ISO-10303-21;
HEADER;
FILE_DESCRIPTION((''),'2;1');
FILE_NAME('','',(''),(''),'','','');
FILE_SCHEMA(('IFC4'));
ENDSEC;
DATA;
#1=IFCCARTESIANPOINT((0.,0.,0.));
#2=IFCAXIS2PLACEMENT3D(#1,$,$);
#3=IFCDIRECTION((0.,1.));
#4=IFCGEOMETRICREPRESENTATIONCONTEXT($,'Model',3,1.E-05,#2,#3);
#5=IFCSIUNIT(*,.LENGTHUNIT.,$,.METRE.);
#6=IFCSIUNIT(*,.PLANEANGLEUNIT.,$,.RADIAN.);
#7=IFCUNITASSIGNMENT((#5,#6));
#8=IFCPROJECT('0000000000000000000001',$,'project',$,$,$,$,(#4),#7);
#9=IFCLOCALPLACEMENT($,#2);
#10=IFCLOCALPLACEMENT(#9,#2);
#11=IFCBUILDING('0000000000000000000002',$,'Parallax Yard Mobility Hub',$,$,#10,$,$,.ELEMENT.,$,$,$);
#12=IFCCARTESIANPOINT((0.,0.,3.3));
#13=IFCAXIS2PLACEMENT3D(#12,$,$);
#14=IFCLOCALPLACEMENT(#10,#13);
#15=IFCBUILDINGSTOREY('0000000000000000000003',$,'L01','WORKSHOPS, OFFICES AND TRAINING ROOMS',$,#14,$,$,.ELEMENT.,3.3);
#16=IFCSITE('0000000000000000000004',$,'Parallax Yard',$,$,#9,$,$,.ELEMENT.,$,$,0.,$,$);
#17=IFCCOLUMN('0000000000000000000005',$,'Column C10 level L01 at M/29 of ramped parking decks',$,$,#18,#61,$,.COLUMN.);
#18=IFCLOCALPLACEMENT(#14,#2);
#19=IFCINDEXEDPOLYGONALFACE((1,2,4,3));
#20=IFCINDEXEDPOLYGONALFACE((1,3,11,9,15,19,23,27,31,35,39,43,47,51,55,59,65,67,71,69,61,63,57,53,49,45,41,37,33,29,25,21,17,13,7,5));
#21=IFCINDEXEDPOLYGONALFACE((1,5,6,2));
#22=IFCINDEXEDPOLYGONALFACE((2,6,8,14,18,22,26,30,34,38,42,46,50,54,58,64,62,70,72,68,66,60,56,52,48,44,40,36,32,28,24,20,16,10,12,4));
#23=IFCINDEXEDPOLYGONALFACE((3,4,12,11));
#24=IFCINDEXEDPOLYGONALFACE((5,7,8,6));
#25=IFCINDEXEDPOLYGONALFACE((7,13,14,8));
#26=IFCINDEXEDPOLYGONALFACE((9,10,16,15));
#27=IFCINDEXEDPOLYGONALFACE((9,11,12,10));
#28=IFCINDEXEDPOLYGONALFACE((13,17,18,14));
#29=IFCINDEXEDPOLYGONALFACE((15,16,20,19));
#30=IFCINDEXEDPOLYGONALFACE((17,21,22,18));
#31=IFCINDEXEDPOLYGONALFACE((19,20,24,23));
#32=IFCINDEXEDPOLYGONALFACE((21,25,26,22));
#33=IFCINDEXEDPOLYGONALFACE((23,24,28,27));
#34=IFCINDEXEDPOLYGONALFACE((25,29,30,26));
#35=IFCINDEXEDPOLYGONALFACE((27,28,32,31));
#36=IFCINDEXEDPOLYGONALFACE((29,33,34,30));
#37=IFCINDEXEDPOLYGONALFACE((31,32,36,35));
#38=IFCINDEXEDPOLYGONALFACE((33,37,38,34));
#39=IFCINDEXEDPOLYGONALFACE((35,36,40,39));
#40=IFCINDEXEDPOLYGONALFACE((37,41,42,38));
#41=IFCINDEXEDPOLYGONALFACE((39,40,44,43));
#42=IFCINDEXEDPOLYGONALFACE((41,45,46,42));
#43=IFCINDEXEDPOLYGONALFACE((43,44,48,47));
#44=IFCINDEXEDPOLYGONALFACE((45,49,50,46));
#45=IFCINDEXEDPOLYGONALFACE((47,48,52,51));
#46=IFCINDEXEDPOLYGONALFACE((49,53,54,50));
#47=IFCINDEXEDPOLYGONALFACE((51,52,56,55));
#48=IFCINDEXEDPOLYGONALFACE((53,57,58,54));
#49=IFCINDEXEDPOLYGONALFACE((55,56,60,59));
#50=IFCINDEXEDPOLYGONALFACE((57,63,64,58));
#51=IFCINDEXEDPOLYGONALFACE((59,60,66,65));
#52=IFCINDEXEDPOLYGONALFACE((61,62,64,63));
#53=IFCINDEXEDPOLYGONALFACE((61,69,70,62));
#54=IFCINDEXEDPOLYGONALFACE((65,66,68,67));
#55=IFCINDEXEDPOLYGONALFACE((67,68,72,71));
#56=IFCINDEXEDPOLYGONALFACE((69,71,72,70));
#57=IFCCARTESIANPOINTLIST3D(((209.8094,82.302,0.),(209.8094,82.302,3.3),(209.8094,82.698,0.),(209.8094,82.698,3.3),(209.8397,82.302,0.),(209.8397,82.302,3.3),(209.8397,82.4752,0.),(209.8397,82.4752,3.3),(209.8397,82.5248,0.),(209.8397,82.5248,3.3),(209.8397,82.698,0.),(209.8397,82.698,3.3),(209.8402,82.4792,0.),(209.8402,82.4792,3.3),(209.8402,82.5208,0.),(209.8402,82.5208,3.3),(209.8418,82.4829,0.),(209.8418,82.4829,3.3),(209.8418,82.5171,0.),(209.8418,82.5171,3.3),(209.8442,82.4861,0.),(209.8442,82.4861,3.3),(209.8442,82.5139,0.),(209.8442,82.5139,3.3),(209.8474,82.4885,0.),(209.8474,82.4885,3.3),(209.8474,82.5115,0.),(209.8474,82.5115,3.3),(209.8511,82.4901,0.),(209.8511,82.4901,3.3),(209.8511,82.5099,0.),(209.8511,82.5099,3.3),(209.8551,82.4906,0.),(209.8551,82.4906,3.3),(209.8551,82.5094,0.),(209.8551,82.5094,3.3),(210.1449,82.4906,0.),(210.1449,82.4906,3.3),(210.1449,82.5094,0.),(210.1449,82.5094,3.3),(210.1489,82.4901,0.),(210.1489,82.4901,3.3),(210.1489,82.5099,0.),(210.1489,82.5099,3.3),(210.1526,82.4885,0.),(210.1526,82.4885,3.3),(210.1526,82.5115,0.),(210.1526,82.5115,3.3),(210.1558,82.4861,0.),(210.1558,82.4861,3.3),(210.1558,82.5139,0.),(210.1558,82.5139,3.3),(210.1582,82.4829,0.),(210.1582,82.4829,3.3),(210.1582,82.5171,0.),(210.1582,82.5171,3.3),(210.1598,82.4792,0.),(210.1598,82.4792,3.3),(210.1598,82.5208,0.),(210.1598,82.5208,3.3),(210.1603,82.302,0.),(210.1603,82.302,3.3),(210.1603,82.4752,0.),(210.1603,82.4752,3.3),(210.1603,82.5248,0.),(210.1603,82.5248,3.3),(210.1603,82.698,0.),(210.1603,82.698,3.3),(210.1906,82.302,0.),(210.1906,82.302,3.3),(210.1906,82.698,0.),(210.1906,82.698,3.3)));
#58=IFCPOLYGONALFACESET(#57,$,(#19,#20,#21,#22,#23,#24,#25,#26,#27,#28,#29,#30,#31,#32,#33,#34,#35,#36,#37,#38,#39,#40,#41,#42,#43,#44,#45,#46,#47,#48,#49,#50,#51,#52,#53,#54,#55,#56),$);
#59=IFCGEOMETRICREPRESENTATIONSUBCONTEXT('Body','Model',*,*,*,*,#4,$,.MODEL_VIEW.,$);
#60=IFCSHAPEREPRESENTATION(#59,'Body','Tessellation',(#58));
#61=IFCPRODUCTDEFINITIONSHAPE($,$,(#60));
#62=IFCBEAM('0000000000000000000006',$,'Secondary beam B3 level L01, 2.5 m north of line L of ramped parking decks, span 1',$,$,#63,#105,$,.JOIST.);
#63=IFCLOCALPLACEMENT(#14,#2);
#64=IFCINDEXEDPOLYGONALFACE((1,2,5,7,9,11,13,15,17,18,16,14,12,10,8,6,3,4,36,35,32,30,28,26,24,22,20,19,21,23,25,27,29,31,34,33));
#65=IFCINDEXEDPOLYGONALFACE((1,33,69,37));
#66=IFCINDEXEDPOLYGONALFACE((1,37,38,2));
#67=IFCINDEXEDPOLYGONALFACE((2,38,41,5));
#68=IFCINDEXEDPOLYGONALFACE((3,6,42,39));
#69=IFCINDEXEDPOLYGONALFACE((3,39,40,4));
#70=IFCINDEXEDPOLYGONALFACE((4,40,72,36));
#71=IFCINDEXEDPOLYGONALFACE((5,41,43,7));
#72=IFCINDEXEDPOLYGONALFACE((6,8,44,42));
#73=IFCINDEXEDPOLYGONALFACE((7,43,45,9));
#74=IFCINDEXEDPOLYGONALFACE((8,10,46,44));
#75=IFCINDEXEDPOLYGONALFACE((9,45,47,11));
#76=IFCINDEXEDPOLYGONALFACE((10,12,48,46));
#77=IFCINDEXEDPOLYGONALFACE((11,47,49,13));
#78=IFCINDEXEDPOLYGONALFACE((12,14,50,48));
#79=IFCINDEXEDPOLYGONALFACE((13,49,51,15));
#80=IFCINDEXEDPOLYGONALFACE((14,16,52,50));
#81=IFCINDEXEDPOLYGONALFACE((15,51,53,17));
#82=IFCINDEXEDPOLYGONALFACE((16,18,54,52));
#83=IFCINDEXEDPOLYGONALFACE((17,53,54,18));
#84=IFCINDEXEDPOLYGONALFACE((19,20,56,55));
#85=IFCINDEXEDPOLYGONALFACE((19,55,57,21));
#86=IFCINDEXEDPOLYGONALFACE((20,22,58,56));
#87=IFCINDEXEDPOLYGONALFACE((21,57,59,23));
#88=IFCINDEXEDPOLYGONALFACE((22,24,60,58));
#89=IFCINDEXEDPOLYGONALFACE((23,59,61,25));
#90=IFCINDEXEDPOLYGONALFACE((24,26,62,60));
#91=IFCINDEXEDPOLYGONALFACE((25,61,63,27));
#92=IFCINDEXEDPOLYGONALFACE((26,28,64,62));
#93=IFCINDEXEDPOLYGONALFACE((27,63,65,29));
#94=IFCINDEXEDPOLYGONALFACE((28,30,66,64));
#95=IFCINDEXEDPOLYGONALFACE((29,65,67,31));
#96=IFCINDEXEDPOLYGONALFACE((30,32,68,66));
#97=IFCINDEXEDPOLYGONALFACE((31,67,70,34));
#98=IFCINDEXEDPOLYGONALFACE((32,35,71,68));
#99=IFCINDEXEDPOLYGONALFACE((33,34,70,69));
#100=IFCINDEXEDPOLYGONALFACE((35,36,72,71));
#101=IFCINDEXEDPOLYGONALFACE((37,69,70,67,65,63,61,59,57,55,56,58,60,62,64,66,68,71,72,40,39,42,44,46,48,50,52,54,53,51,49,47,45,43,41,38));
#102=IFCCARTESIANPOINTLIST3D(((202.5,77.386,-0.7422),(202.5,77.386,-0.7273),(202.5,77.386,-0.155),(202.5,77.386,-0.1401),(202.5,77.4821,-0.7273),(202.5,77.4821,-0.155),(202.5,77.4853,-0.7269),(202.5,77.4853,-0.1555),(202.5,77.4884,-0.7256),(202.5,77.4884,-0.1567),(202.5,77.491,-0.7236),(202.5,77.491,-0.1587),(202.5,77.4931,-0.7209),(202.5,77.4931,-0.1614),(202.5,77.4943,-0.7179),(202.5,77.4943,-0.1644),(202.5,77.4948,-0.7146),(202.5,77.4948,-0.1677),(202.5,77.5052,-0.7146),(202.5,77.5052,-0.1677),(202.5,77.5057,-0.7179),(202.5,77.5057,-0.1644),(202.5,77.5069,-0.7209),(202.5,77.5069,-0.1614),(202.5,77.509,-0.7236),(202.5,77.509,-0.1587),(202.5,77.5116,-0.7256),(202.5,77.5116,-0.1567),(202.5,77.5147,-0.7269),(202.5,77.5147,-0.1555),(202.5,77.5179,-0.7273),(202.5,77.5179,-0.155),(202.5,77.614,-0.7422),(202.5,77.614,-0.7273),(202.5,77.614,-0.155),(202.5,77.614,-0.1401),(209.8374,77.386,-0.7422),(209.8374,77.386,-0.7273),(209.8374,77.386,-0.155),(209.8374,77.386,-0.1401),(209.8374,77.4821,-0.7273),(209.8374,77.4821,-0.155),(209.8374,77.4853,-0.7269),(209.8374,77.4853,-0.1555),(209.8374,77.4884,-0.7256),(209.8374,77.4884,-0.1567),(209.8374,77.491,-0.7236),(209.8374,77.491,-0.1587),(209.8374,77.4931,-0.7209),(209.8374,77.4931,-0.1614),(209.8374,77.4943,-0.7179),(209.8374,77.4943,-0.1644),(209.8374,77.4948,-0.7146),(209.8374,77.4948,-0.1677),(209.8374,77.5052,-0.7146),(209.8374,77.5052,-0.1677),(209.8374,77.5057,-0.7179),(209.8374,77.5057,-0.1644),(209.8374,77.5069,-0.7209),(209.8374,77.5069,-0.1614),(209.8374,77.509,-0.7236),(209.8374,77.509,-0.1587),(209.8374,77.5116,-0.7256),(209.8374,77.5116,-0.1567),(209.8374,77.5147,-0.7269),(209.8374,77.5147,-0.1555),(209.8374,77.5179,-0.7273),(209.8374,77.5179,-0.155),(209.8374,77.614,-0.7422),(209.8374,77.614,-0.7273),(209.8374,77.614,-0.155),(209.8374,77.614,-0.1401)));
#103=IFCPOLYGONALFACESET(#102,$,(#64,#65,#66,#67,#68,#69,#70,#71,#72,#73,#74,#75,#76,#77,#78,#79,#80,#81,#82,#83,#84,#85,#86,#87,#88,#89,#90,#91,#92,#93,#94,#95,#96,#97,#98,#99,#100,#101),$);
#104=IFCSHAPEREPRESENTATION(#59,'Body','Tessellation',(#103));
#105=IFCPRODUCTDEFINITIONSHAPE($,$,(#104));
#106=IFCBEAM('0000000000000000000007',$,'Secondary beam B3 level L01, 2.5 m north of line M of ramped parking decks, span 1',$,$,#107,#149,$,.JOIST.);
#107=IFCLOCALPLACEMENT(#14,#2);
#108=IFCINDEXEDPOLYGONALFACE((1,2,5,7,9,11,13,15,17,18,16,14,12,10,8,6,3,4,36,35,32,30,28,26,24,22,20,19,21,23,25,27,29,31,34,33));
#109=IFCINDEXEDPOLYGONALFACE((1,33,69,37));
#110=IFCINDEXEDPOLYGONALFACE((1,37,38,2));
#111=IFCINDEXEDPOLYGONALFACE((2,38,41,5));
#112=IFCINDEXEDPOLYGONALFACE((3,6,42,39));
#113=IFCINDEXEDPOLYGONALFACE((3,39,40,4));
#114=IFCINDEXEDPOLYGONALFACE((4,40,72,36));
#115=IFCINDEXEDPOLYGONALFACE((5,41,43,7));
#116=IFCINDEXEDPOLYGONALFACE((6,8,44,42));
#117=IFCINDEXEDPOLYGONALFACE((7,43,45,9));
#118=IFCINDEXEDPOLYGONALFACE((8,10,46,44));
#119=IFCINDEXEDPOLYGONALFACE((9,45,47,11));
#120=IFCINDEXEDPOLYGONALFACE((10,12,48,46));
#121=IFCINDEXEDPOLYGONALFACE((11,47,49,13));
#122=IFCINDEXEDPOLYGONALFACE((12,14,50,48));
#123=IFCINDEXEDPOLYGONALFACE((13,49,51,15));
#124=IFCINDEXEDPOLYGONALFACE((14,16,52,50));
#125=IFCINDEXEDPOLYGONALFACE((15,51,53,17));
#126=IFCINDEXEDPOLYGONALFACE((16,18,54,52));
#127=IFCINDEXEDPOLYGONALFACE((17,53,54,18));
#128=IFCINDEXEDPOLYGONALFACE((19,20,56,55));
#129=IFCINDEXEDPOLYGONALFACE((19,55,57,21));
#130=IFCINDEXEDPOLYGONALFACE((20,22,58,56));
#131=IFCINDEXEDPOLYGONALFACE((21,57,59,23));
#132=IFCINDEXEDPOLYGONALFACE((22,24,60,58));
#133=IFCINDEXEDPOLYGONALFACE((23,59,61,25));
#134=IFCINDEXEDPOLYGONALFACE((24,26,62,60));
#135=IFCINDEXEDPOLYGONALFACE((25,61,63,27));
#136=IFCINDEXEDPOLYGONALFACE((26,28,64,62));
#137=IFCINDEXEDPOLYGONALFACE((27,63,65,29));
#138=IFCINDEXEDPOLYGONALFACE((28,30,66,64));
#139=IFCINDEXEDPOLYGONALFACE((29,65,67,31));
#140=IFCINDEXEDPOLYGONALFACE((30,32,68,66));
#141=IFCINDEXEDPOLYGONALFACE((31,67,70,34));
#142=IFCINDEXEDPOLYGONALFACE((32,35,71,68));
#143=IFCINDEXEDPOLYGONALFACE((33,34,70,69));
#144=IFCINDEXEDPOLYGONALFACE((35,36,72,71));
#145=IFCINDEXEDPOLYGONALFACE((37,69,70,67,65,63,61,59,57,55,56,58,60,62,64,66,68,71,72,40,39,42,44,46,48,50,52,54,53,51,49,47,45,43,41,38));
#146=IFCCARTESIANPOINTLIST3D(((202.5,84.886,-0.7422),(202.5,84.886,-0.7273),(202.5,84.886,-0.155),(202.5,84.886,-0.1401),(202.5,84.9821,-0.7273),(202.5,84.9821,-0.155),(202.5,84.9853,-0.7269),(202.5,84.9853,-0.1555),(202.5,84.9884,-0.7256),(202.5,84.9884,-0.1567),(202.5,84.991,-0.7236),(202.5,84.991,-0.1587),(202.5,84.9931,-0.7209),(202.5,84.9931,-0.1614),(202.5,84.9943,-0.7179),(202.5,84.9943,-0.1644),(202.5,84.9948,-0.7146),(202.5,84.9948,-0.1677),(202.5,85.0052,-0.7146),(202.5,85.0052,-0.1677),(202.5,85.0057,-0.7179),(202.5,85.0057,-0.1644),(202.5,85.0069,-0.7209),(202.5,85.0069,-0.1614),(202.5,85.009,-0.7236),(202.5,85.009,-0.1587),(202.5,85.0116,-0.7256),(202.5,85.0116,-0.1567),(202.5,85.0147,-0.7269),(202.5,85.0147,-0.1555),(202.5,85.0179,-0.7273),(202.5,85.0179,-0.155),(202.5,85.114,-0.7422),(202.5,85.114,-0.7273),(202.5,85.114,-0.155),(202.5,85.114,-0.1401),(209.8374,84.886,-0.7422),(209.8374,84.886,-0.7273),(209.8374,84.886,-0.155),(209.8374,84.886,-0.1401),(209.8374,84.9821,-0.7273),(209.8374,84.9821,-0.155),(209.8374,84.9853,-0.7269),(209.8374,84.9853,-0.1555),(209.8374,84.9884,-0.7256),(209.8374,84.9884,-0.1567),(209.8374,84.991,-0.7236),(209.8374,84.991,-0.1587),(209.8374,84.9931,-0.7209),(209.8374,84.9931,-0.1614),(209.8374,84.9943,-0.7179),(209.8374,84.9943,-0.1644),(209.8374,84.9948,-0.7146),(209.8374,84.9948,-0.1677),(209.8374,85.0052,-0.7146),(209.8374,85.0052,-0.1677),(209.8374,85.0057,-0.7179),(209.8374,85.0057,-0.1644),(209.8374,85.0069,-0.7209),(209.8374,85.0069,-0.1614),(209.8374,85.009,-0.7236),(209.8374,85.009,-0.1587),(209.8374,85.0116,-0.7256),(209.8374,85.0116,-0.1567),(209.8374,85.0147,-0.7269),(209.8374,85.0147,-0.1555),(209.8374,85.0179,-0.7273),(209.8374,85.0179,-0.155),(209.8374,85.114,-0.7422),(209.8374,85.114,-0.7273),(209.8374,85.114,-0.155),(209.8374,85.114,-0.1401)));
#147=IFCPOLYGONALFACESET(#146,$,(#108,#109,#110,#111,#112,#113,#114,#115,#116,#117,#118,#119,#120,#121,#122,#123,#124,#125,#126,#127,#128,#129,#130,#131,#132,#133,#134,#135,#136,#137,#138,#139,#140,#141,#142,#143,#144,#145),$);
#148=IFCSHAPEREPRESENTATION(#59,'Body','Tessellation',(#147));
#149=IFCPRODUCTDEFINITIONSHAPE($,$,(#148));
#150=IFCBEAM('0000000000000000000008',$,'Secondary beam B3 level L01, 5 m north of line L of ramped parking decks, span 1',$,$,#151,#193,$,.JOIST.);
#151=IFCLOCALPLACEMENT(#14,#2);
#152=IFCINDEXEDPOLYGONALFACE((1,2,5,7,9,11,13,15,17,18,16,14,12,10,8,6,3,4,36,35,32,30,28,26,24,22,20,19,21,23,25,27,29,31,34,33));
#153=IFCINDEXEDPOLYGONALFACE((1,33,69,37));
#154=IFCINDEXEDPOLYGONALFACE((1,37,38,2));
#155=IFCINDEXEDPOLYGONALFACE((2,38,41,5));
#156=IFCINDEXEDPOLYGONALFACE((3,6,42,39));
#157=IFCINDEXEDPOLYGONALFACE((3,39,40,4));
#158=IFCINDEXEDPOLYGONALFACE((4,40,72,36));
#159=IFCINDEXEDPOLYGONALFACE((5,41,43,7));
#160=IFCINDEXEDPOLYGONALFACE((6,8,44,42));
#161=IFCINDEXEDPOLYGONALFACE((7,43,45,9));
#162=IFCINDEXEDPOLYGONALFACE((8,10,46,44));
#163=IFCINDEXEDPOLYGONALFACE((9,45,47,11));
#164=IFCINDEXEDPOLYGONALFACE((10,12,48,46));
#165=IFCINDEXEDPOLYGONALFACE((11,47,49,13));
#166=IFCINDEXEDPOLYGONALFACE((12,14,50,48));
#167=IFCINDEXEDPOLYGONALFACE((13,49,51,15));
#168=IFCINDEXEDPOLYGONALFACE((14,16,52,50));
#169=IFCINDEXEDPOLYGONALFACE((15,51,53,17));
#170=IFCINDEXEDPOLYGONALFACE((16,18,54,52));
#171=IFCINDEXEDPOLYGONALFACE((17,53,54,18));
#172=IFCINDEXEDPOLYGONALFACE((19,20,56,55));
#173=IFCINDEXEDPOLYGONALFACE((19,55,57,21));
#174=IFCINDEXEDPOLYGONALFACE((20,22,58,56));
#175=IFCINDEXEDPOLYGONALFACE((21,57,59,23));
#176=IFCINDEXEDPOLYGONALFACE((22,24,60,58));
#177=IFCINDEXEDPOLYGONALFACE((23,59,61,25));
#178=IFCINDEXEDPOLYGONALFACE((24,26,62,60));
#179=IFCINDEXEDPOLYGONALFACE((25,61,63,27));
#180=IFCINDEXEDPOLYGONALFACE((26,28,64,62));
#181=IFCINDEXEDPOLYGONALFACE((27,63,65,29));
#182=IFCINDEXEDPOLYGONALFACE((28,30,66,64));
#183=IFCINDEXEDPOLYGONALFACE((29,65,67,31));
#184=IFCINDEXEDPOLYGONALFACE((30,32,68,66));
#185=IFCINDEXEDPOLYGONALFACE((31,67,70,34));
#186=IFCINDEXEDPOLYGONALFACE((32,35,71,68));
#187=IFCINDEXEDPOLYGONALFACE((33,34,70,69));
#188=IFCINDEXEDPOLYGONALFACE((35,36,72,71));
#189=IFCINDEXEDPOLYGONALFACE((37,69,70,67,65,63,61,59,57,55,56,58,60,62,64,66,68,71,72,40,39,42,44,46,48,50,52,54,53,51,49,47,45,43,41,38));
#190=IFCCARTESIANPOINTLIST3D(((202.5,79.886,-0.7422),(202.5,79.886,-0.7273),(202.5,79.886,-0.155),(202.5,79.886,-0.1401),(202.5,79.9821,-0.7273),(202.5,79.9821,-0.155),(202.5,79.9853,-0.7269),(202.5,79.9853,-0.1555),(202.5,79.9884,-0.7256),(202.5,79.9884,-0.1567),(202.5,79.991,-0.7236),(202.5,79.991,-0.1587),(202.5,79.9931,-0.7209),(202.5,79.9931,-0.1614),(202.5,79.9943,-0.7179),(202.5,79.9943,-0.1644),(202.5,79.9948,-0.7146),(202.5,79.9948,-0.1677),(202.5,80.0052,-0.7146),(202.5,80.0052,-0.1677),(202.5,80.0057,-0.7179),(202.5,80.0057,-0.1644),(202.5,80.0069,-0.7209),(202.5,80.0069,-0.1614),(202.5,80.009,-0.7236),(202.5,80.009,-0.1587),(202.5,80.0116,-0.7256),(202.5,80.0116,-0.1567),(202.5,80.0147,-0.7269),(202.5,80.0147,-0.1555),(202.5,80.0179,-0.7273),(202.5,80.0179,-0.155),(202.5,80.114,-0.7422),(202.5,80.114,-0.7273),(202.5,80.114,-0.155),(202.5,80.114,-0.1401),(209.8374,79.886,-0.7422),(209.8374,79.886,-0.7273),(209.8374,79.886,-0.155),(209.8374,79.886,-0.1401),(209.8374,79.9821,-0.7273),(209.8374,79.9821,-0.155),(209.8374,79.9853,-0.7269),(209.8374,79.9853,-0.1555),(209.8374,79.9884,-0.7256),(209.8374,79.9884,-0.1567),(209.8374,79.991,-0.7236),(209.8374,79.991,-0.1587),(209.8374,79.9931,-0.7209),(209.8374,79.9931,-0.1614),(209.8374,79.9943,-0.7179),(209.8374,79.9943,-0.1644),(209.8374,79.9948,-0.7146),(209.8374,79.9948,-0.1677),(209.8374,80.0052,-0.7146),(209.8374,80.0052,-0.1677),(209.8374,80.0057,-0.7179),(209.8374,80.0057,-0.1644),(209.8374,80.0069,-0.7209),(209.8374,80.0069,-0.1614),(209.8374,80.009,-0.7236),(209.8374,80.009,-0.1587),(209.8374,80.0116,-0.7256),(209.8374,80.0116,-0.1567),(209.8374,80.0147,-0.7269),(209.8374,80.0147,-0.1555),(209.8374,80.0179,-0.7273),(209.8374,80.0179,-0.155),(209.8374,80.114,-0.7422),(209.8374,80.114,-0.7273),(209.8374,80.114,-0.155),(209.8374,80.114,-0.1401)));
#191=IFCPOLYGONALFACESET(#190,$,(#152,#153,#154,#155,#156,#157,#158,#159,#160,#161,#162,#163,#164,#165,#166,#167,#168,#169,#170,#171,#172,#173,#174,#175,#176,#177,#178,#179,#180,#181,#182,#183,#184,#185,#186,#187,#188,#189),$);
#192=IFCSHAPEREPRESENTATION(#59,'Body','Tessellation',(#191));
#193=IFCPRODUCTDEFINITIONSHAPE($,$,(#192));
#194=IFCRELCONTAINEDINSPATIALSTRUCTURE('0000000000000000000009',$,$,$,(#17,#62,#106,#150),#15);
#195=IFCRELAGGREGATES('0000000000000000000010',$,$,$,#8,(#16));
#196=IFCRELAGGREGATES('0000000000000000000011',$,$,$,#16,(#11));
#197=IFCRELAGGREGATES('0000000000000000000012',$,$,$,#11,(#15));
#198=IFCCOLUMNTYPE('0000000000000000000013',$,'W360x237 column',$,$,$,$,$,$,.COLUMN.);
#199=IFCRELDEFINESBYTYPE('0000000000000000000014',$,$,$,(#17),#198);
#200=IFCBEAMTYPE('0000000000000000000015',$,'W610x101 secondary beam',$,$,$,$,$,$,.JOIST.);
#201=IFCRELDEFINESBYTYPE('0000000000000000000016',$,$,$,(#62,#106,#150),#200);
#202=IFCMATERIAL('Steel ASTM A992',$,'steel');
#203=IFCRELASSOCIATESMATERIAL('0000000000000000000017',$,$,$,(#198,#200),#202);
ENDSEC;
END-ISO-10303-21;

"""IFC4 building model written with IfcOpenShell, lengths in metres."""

from ifc_helpers import new_model, si_unit, direction, frame, origin, origin_2d, place, context, subcontext, project, spatial, i_section, extrude, material, material_profile, profile_set, type_object, element, save


model = new_model("IFC4")

# Units and contexts
model_context = context("Model", 3, precision=1e-05, world=origin(), true_north=direction((0.0, 1.0)))
body_context = subcontext(model_context, "Body", "Model", "MODEL_VIEW")
ifc_project = project(units=[si_unit("LENGTHUNIT", "METRE"), si_unit("PLANEANGLEUNIT", "RADIAN")], contexts=[model_context])

# Site, building, storey
site_placement = place(None, origin())
site = spatial("IfcSite", under=ifc_project, at=site_placement, Name="Parallax Yard", CompositionType="ELEMENT", RefElevation=0.0)
building_placement = place(site_placement, origin())
building = spatial("IfcBuilding", under=site, at=building_placement, Name="Parallax Yard Mobility Hub", CompositionType="ELEMENT")
storey_placement = place(building_placement, frame((0.0, 0.0, 3.3)))
storey = spatial("IfcBuildingStorey", under=building, at=storey_placement, Name="L01", Description="WORKSHOPS, OFFICES AND TRAINING ROOMS", CompositionType="ELEMENT", Elevation=3.3)

# Column
ifc_material_1 = material(Name="Steel ASTM A992", Category="steel")
ifc_material_profile_1 = material_profile(ifc_material_1, i_section(OverallWidth=0.396, OverallDepth=0.3811, WebThickness=0.0188, FlangeThickness=0.0303, FilletRadius=0.0154, at=origin_2d()), Name="W360x237")
ifc_profile_set_1 = profile_set([ifc_material_profile_1], Name="Steel ASTM A992")
column_type = type_object("IfcColumnType", Name="W360x237 column", PredefinedType="COLUMN", material=ifc_profile_set_1)
column_placement = place(storey_placement, frame((210.0, 82.5, 0.0), z_axis=(0.0, 0.0, 1.0), x_axis=(0.0, 1.0, 0.0)))
element("IfcColumn", 1, at=column_placement, inside=storey, type_object=column_type, Name="Column C10 level L01 at M/29 of ramped parking decks", PredefinedType="COLUMN", context=body_context, shape_type="SweptSolid", body=[
    extrude(i_section(OverallWidth=0.396, OverallDepth=0.3811, WebThickness=0.0188, FlangeThickness=0.0303, FilletRadius=0.0154, at=origin_2d()), origin(), (0.0, 0.0, 1.0), 3.3),
])

# Beams
ifc_material_profile_2 = material_profile(ifc_material_1, i_section(OverallWidth=0.228, OverallDepth=0.6021, WebThickness=0.0105, FlangeThickness=0.0149, FilletRadius=0.0127, at=origin_2d()), Name="W610x101")
ifc_profile_set_2 = profile_set([ifc_material_profile_2], Name="Steel ASTM A992")
beam_type_1 = type_object("IfcBeamType", Name="W610x101 secondary beam", PredefinedType="JOIST", material=ifc_profile_set_2)
for number, where, z_axis, x_axis, name in (
    (2, (202.5, 77.5, -0.4412), (1.0, 0.0, 0.0), (0.0, 1.0, 0.0), "Secondary beam B3 level L01, 2.5 m north of line L of ramped parking decks, span 1"),
    (3, (202.5, 85.0, -0.4412), (1.0, 0.0, 0.0), (0.0, 1.0, 0.0), "Secondary beam B3 level L01, 2.5 m north of line M of ramped parking decks, span 1"),
    (4, (202.5, 80.0, -0.4412), (1.0, 0.0, 0.0), (0.0, 1.0, 0.0), "Secondary beam B3 level L01, 5 m north of line L of ramped parking decks, span 1"),
):
    element("IfcBeam", number, at=place(storey_placement, frame(where, z_axis=z_axis, x_axis=x_axis)), inside=storey, type_object=beam_type_1, Name=name, PredefinedType="JOIST", context=body_context, shape_type="SweptSolid", body=[
        extrude(i_section(OverallWidth=0.228, OverallDepth=0.6021, WebThickness=0.0105, FlangeThickness=0.0149, FilletRadius=0.0127, at=origin_2d()), origin(), (0.0, 0.0, 1.0), 7.3374),
    ])

save(model, "model.ifc")
